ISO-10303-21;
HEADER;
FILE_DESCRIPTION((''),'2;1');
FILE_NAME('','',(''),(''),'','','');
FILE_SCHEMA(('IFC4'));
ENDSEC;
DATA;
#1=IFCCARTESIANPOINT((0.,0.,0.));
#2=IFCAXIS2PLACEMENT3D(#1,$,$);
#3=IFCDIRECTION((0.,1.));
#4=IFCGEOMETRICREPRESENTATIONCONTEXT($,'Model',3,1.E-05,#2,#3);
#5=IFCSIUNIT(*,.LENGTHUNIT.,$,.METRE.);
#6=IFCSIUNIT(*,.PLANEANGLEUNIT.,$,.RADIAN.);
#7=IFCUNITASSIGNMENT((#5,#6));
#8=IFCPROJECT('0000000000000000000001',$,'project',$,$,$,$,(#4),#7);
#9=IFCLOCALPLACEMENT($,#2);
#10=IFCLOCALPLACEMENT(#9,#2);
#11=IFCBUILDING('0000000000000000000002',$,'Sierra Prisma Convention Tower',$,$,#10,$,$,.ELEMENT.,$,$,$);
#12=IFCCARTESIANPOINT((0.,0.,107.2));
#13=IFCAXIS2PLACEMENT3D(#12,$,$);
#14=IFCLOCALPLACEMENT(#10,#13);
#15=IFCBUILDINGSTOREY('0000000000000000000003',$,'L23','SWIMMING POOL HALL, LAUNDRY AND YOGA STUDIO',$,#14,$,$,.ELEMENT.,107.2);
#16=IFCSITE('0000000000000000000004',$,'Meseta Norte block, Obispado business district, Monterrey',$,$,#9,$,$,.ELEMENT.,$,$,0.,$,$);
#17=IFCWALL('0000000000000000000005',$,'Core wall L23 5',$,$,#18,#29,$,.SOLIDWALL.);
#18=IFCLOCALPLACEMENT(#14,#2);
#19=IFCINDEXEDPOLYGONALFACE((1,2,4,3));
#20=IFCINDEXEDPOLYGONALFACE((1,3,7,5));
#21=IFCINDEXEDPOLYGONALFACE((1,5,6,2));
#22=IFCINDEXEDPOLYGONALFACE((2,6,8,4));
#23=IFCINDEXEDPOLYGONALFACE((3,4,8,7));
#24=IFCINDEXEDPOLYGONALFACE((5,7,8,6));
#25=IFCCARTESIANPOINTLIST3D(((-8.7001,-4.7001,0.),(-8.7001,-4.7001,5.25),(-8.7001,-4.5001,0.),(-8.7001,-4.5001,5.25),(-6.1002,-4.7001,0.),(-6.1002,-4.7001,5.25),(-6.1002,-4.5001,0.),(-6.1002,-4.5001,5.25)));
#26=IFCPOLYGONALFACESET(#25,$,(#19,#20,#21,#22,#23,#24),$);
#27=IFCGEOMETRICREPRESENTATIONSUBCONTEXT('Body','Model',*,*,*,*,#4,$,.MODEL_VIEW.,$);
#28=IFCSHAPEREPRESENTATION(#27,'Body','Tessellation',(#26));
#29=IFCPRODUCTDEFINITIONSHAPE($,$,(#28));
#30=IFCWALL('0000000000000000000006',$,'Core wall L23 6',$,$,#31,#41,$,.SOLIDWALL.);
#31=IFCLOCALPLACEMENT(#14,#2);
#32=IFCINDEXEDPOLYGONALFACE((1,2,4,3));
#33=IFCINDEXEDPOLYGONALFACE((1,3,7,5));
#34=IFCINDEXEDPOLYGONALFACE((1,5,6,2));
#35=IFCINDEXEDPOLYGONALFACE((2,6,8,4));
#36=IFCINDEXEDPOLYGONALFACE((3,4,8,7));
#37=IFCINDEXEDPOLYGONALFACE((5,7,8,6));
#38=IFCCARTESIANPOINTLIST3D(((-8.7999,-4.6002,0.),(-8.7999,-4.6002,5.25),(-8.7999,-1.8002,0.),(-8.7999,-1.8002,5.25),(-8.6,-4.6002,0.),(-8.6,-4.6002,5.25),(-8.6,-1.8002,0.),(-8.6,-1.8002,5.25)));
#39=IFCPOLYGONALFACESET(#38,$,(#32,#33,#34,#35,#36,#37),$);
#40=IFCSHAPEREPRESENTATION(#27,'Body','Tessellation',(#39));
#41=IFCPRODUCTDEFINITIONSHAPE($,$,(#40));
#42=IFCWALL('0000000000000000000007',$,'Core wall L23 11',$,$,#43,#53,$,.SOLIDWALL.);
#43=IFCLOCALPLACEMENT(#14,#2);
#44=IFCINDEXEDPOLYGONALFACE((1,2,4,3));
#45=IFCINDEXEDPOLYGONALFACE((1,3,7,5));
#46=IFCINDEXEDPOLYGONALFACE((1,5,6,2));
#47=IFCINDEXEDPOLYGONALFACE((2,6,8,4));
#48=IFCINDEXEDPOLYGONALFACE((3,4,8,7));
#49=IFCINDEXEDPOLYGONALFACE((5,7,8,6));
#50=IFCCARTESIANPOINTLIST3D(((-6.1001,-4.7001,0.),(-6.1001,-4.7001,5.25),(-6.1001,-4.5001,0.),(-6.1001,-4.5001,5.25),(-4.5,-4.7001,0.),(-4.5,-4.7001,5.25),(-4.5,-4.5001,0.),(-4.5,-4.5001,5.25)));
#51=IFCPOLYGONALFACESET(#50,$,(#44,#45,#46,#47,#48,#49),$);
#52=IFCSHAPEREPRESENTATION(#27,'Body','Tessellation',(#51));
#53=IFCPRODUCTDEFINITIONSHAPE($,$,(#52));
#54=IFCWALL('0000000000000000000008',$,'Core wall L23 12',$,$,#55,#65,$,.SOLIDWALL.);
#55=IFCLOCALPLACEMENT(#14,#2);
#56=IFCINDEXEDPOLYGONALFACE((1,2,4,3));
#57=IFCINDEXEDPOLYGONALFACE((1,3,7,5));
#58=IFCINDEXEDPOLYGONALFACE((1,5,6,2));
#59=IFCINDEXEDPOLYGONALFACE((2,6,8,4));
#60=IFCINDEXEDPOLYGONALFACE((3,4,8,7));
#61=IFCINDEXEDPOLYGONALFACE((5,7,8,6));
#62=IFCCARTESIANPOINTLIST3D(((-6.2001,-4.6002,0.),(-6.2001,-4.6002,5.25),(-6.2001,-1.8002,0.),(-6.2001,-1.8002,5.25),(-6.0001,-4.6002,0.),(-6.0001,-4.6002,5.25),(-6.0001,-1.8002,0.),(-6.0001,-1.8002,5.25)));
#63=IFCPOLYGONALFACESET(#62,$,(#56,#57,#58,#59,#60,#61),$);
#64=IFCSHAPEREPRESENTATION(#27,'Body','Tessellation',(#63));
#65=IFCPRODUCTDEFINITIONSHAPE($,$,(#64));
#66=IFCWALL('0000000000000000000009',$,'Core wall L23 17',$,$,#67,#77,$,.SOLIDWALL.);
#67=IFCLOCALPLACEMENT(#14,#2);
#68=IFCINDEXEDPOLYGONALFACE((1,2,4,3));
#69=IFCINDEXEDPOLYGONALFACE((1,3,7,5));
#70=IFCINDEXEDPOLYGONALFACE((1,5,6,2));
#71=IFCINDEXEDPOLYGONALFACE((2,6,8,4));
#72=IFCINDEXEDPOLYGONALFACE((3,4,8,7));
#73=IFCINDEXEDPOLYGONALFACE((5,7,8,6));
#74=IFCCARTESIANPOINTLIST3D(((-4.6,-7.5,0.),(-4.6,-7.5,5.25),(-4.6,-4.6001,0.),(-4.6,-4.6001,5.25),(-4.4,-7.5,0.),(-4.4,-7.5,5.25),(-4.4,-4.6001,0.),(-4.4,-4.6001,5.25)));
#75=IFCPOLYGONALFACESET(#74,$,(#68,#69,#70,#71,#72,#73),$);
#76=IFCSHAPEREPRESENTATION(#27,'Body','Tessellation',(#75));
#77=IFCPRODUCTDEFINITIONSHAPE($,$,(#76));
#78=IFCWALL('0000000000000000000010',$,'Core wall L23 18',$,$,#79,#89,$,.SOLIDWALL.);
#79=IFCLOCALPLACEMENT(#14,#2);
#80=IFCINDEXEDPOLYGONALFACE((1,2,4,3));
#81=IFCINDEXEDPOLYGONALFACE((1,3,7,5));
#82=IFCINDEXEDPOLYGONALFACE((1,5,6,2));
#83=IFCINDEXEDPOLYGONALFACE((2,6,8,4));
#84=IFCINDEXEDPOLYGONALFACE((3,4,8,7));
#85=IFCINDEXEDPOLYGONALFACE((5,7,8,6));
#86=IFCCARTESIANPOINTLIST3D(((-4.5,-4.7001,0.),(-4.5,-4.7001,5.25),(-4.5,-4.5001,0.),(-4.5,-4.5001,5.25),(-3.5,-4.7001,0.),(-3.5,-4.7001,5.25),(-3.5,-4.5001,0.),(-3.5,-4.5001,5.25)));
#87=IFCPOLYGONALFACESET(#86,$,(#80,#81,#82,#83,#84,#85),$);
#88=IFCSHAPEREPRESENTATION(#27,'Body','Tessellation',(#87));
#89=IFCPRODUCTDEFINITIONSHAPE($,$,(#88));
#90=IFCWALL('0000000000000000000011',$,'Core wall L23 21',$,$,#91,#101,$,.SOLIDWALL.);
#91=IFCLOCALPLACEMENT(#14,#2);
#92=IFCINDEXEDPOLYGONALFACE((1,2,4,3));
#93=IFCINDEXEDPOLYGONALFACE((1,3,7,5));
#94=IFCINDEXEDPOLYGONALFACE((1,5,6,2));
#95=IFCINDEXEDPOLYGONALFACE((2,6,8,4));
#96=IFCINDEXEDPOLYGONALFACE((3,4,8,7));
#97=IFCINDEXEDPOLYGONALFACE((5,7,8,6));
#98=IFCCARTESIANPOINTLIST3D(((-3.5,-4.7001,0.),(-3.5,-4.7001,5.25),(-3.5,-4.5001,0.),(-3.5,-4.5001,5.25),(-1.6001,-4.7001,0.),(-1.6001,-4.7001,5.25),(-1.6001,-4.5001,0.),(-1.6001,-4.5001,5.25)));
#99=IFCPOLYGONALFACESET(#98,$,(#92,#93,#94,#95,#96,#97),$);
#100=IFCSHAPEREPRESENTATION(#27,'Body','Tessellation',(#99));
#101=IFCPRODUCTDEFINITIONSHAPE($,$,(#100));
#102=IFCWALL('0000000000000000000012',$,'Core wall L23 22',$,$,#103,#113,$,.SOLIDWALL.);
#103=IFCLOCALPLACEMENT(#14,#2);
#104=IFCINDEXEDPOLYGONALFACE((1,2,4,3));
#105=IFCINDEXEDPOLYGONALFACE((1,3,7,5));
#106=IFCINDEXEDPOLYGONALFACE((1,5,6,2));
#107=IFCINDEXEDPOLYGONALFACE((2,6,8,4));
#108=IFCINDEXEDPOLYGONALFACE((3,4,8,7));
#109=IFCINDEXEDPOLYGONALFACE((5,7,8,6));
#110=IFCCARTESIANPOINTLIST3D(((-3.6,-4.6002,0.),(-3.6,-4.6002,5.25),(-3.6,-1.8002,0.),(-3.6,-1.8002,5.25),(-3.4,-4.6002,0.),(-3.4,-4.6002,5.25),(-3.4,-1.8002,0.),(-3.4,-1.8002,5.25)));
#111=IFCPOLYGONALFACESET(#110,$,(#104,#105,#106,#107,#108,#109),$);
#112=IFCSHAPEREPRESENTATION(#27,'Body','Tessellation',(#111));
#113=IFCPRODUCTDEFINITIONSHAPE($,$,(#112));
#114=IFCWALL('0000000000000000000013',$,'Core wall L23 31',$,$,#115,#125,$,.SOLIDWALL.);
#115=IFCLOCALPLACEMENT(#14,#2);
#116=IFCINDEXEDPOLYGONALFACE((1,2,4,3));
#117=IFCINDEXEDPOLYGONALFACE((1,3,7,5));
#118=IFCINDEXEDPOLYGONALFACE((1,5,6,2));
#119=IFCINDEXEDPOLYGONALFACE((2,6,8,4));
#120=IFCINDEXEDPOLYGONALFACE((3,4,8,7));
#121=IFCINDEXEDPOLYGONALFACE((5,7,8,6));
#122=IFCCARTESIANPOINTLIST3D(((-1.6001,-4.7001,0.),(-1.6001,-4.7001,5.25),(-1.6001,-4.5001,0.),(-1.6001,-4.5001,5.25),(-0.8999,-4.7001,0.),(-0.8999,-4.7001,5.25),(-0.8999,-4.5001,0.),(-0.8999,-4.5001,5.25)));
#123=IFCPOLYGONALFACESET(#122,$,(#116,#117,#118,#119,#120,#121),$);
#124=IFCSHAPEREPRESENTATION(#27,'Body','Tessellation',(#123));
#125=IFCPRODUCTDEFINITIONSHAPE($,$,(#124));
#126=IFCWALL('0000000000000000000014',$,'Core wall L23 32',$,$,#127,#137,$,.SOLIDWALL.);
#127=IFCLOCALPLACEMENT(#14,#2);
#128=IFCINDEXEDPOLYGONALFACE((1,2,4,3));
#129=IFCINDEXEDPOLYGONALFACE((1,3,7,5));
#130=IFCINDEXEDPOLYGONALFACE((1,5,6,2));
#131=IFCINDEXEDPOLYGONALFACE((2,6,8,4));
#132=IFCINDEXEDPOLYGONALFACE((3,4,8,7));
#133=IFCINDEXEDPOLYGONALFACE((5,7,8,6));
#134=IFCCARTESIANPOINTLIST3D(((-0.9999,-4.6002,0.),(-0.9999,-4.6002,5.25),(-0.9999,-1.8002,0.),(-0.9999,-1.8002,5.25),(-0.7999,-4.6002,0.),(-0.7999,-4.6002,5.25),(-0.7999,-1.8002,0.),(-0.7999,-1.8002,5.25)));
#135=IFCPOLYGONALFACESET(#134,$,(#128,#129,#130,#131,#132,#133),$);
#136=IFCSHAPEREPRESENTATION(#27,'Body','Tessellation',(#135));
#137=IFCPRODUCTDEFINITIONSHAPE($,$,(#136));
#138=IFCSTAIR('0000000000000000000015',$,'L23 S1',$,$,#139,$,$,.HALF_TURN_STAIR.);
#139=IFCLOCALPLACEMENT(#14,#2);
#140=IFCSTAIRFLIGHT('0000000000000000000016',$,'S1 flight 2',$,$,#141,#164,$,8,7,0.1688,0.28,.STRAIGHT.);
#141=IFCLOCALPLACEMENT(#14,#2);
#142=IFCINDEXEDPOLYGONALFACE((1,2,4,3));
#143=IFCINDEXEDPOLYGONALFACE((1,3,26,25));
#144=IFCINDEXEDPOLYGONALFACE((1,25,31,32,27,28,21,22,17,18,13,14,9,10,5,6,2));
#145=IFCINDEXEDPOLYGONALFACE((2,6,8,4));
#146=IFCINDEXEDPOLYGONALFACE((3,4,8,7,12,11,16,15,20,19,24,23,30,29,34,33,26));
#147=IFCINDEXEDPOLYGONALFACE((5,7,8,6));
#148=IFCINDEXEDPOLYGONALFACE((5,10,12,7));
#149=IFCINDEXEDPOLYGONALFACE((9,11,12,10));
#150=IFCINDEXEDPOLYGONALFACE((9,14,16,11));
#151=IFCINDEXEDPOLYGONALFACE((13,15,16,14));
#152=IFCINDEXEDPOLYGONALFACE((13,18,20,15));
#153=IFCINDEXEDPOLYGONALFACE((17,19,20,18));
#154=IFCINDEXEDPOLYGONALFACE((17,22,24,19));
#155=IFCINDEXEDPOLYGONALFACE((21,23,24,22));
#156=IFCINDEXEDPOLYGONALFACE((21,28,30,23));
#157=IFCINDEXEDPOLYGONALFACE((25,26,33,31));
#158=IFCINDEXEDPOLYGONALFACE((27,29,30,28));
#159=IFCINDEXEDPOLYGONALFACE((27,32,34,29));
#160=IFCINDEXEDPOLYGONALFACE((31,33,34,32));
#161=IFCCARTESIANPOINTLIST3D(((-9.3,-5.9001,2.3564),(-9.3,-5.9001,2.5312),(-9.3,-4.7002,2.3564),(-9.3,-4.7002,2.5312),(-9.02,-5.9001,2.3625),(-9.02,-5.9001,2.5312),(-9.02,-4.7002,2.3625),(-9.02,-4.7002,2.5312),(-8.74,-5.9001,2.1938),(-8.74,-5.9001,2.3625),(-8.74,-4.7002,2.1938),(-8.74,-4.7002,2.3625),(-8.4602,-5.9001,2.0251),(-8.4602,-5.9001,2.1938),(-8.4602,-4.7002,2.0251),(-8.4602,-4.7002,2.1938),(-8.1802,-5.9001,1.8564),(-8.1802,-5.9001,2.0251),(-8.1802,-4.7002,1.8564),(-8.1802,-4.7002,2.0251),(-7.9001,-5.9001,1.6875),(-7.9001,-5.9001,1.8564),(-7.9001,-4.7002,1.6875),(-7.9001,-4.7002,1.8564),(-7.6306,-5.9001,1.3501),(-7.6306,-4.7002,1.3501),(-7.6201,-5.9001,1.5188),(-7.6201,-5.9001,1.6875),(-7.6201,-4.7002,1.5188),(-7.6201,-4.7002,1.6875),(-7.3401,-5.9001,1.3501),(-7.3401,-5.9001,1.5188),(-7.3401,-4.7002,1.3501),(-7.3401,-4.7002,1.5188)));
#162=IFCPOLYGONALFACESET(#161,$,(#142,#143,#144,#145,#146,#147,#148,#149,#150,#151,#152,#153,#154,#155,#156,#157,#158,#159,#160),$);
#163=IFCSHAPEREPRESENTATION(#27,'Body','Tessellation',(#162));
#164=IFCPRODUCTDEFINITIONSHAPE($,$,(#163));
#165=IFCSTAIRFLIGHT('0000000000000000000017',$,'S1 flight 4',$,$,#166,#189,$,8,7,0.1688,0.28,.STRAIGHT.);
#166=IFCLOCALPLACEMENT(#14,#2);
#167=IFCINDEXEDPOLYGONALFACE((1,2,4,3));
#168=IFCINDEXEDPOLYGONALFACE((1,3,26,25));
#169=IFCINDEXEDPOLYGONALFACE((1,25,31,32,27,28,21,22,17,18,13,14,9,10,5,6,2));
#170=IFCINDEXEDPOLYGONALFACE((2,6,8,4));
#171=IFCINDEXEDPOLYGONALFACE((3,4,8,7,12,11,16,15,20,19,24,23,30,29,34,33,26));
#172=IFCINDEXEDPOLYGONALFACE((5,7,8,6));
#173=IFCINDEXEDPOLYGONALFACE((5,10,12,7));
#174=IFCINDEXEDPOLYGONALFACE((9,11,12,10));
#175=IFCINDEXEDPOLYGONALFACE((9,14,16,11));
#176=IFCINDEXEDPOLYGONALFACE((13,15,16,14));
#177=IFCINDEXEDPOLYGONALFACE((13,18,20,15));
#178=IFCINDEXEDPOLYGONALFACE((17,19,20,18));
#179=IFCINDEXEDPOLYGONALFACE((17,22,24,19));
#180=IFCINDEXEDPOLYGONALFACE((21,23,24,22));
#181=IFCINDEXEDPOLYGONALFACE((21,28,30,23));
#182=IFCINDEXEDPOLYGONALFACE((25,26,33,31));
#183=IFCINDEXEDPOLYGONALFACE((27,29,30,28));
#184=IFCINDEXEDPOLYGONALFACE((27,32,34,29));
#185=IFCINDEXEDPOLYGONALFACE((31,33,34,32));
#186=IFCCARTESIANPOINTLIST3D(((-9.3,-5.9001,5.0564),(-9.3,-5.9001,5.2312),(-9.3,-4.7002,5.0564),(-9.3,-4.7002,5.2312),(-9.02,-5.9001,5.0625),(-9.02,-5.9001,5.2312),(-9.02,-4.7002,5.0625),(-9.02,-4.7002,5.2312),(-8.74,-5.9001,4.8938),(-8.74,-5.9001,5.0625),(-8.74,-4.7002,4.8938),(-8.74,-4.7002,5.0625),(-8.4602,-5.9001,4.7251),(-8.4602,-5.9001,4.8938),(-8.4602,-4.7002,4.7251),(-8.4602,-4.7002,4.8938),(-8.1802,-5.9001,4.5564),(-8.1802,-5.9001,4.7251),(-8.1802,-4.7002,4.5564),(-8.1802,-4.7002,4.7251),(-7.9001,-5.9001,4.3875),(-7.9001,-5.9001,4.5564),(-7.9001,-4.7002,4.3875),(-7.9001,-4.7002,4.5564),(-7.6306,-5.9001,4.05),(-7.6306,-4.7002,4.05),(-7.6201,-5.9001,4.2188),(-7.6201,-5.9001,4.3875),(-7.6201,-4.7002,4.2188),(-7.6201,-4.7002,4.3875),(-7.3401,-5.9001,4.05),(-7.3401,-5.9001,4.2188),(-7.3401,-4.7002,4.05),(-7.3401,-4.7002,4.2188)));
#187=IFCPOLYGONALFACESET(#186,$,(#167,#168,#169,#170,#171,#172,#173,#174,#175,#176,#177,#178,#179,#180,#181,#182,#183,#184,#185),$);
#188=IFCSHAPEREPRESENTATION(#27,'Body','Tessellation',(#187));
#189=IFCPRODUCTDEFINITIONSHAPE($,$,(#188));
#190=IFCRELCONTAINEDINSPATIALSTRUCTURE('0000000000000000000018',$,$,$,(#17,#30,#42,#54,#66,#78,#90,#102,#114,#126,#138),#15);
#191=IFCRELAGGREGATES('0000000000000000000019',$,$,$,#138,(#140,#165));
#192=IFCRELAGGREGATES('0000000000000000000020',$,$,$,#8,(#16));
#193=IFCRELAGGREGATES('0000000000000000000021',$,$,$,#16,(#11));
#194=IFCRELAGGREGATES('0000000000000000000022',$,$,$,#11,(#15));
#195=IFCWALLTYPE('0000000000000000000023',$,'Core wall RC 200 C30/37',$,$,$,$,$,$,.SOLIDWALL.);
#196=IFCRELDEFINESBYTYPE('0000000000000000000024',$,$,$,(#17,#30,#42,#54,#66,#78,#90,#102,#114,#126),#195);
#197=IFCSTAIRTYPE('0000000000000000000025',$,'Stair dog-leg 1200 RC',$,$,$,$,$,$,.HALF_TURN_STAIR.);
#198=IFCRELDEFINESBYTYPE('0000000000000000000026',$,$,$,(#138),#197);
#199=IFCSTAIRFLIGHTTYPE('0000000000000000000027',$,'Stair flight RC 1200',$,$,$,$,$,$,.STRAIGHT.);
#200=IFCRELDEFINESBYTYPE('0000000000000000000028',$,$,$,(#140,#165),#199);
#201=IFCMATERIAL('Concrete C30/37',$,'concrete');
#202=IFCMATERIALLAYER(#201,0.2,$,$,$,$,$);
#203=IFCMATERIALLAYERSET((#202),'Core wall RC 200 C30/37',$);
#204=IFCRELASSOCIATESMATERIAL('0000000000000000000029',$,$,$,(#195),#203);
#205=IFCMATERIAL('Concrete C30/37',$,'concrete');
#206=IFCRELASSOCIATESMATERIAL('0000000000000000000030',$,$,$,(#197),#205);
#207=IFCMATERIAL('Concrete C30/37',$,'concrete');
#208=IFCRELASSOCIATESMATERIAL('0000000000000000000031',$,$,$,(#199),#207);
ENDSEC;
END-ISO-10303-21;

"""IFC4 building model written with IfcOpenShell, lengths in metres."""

from ifc_helpers import new_model, si_unit, direction, frame, frame_2d, origin, place, context, subcontext, project, spatial, polyline, rectangle, outline, extrude, material, layer, layer_set, type_object, element, aggregate, save


model = new_model("IFC4")

# Units and contexts
model_context = context("Model", 3, precision=1e-05, world=origin(), true_north=direction((0.0, 1.0)))
body_context = subcontext(model_context, "Body", "Model", "MODEL_VIEW")
ifc_project = project(units=[si_unit("LENGTHUNIT", "METRE"), si_unit("PLANEANGLEUNIT", "RADIAN")], contexts=[model_context])

# Site, building, storey
site_placement = place(None, origin())
site = spatial("IfcSite", under=ifc_project, at=site_placement, Name="Meseta Norte block, Obispado business district, Monterrey", CompositionType="ELEMENT", RefElevation=0.0)
building_placement = place(site_placement, origin())
building = spatial("IfcBuilding", under=site, at=building_placement, Name="Sierra Prisma Convention Tower", CompositionType="ELEMENT")
storey_placement = place(building_placement, frame((0.0, 0.0, 107.2)))
storey = spatial("IfcBuildingStorey", under=building, at=storey_placement, Name="L23", Description="SWIMMING POOL HALL, LAUNDRY AND YOGA STUDIO", CompositionType="ELEMENT", Elevation=107.2)

# Shared definitions
ifc_material_1 = material(Name="Concrete C30/37", Category="concrete")
ifc_layer = layer(ifc_material_1, 0.2)
ifc_layer_set = layer_set([ifc_layer], Name="Core wall RC 200 C30/37")
wall_type = type_object("IfcWallType", Name="Core wall RC 200 C30/37", PredefinedType="SOLIDWALL", material=ifc_layer_set)

# Walls
wall_1_placement = place(storey_placement, frame((-8.7, -4.6001, 0.0), z_axis=(0.0, 0.0, 1.0), x_axis=(1.0, 0.0, 0.0)))
element("IfcWall", 1, at=wall_1_placement, inside=storey, type_object=wall_type, Name="Core wall L23 5", PredefinedType="SOLIDWALL", context=body_context, shape_type="SweptSolid", body=[
    extrude(rectangle(XDim=2.5999, YDim=0.2, at=frame_2d((1.2998, 0.0))), origin(), (0.0, 0.0, 1.0), 5.25),
])
wall_2_placement = place(storey_placement, frame((-8.7, -4.6001, 0.0), z_axis=(0.0, 0.0, 1.0), x_axis=(0.0, 1.0, 0.0)))
element("IfcWall", 2, at=wall_2_placement, inside=storey, type_object=wall_type, Name="Core wall L23 6", PredefinedType="SOLIDWALL", context=body_context, shape_type="SweptSolid", body=[
    extrude(rectangle(XDim=2.8, YDim=0.2, at=frame_2d((1.3999, 0.0))), origin(), (0.0, 0.0, 1.0), 5.25),
])

# Walls
wall_3_placement = place(storey_placement, frame((-6.1001, -4.6001, 0.0), z_axis=(0.0, 0.0, 1.0), x_axis=(1.0, 0.0, 0.0)))
element("IfcWall", 3, at=wall_3_placement, inside=storey, type_object=wall_type, Name="Core wall L23 11", PredefinedType="SOLIDWALL", context=body_context, shape_type="SweptSolid", body=[
    extrude(rectangle(XDim=1.6001, YDim=0.2, at=frame_2d((0.8, 0.0))), origin(), (0.0, 0.0, 1.0), 5.25),
])
wall_4_placement = place(storey_placement, frame((-6.1001, -4.6001, 0.0), z_axis=(0.0, 0.0, 1.0), x_axis=(0.0, 1.0, 0.0)))
element("IfcWall", 4, at=wall_4_placement, inside=storey, type_object=wall_type, Name="Core wall L23 12", PredefinedType="SOLIDWALL", context=body_context, shape_type="SweptSolid", body=[
    extrude(rectangle(XDim=2.8, YDim=0.2, at=frame_2d((1.3999, 0.0))), origin(), (0.0, 0.0, 1.0), 5.25),
])

# Walls
wall_5_placement = place(storey_placement, frame((-4.5, -4.6001, 0.0), z_axis=(0.0, 0.0, 1.0), x_axis=(0.0, -1.0, 0.0)))
element("IfcWall", 5, at=wall_5_placement, inside=storey, type_object=wall_type, Name="Core wall L23 17", PredefinedType="SOLIDWALL", context=body_context, shape_type="SweptSolid", body=[
    extrude(rectangle(XDim=2.8999, YDim=0.2, at=frame_2d((1.45, 0.0))), origin(), (0.0, 0.0, 1.0), 5.25),
])
wall_6_placement = place(storey_placement, frame((-4.5, -4.6001, 0.0), z_axis=(0.0, 0.0, 1.0), x_axis=(1.0, 0.0, 0.0)))
element("IfcWall", 6, at=wall_6_placement, inside=storey, type_object=wall_type, Name="Core wall L23 18", PredefinedType="SOLIDWALL", context=body_context, shape_type="SweptSolid", body=[
    extrude(rectangle(XDim=1.0, YDim=0.2, at=frame_2d((0.5, 0.0))), origin(), (0.0, 0.0, 1.0), 5.25),
])
wall_7_placement = place(storey_placement, frame((-3.5, -4.6001, 0.0), z_axis=(0.0, 0.0, 1.0), x_axis=(1.0, 0.0, 0.0)))
element("IfcWall", 7, at=wall_7_placement, inside=storey, type_object=wall_type, Name="Core wall L23 21", PredefinedType="SOLIDWALL", context=body_context, shape_type="SweptSolid", body=[
    extrude(rectangle(XDim=1.8999, YDim=0.2, at=frame_2d((0.95, 0.0))), origin(), (0.0, 0.0, 1.0), 5.25),
])
wall_8_placement = place(storey_placement, frame((-3.5, -4.6001, 0.0), z_axis=(0.0, 0.0, 1.0), x_axis=(0.0, 1.0, 0.0)))
element("IfcWall", 8, at=wall_8_placement, inside=storey, type_object=wall_type, Name="Core wall L23 22", PredefinedType="SOLIDWALL", context=body_context, shape_type="SweptSolid", body=[
    extrude(rectangle(XDim=2.8, YDim=0.2, at=frame_2d((1.3999, 0.0))), origin(), (0.0, 0.0, 1.0), 5.25),
])

# Walls
wall_9_placement = place(storey_placement, frame((-1.6001, -4.6001, 0.0), z_axis=(0.0, 0.0, 1.0), x_axis=(1.0, 0.0, 0.0)))
element("IfcWall", 9, at=wall_9_placement, inside=storey, type_object=wall_type, Name="Core wall L23 31", PredefinedType="SOLIDWALL", context=body_context, shape_type="SweptSolid", body=[
    extrude(rectangle(XDim=0.7002, YDim=0.2, at=frame_2d((0.3501, 0.0))), origin(), (0.0, 0.0, 1.0), 5.25),
])
wall_10_placement = place(storey_placement, frame((-0.8999, -4.6001, 0.0), z_axis=(0.0, 0.0, 1.0), x_axis=(0.0, 1.0, 0.0)))
element("IfcWall", 10, at=wall_10_placement, inside=storey, type_object=wall_type, Name="Core wall L23 32", PredefinedType="SOLIDWALL", context=body_context, shape_type="SweptSolid", body=[
    extrude(rectangle(XDim=2.8, YDim=0.2, at=frame_2d((1.3999, 0.0))), origin(), (0.0, 0.0, 1.0), 5.25),
])

# Stair, stair flights
ifc_material_2 = material(Name="Concrete C30/37", Category="concrete")
stair_type = type_object("IfcStairType", Name="Stair dog-leg 1200 RC", PredefinedType="HALF_TURN_STAIR", material=ifc_material_2)
stair_placement = place(storey_placement, origin())
stair = element("IfcStair", 11, at=stair_placement, inside=storey, type_object=stair_type, Name="L23 S1", PredefinedType="HALF_TURN_STAIR")
ifc_material_3 = material(Name="Concrete C30/37", Category="concrete")
stair_flight_type = type_object("IfcStairFlightType", Name="Stair flight RC 1200", PredefinedType="STRAIGHT", material=ifc_material_3)
stair_flight_1_placement = place(storey_placement, frame((-7.3401, -5.3, 1.3501), z_axis=(0.0, 0.0, 1.0), x_axis=(-1.0, 0.0, 0.0)))
stair_flight_1 = element("IfcStairFlight", 12, at=stair_flight_1_placement, type_object=stair_flight_type, Name="S1 flight 2", NumberOfRisers=8, NumberOfTreads=7, PredefinedType="STRAIGHT", RiserHeight=0.1688, TreadLength=0.28, context=body_context, shape_type="SweptSolid", body=[
    extrude(outline(polyline([(0.0, 0.0), (0.0, 0.1687), (0.28, 0.1687), (0.28, 0.3374), (0.5601, 0.3374), (0.5601, 0.5063), (0.8401, 0.5063), (0.8401, 0.675), (1.1201, 0.675), (1.1201, 0.8438), (1.3999, 0.8438), (1.3999, 1.0125), (1.6799, 1.0125), (1.6799, 1.1812), (1.96, 1.1812), (1.96, 1.3501), (1.96, 1.0063), (0.2905, 0.0), (0.0, 0.0)])), frame((0.0, 0.6001, 0.0), z_axis=(0.0, -1.0, 0.0), x_axis=(1.0, 0.0, 0.0)), (0.0, 0.0, 1.0), 1.2),
])
stair_flight_2_placement = place(storey_placement, frame((-7.3401, -5.3, 4.05), z_axis=(0.0, 0.0, 1.0), x_axis=(-1.0, 0.0, 0.0)))
stair_flight_2 = element("IfcStairFlight", 13, at=stair_flight_2_placement, type_object=stair_flight_type, Name="S1 flight 4", NumberOfRisers=8, NumberOfTreads=7, PredefinedType="STRAIGHT", RiserHeight=0.1688, TreadLength=0.28, context=body_context, shape_type="SweptSolid", body=[
    extrude(outline(polyline([(0.0, 0.0), (0.0, 0.1687), (0.28, 0.1687), (0.28, 0.3374), (0.5601, 0.3374), (0.5601, 0.5063), (0.8401, 0.5063), (0.8401, 0.675), (1.1201, 0.675), (1.1201, 0.8438), (1.3999, 0.8438), (1.3999, 1.0125), (1.6799, 1.0125), (1.6799, 1.1812), (1.96, 1.1812), (1.96, 1.3501), (1.96, 1.0063), (0.2905, 0.0), (0.0, 0.0)])), frame((0.0, 0.6001, 0.0), z_axis=(0.0, -1.0, 0.0), x_axis=(1.0, 0.0, 0.0)), (0.0, 0.0, 1.0), 1.2),
])
aggregate(stair, [stair_flight_1, stair_flight_2])

save(model, "model.ifc")
